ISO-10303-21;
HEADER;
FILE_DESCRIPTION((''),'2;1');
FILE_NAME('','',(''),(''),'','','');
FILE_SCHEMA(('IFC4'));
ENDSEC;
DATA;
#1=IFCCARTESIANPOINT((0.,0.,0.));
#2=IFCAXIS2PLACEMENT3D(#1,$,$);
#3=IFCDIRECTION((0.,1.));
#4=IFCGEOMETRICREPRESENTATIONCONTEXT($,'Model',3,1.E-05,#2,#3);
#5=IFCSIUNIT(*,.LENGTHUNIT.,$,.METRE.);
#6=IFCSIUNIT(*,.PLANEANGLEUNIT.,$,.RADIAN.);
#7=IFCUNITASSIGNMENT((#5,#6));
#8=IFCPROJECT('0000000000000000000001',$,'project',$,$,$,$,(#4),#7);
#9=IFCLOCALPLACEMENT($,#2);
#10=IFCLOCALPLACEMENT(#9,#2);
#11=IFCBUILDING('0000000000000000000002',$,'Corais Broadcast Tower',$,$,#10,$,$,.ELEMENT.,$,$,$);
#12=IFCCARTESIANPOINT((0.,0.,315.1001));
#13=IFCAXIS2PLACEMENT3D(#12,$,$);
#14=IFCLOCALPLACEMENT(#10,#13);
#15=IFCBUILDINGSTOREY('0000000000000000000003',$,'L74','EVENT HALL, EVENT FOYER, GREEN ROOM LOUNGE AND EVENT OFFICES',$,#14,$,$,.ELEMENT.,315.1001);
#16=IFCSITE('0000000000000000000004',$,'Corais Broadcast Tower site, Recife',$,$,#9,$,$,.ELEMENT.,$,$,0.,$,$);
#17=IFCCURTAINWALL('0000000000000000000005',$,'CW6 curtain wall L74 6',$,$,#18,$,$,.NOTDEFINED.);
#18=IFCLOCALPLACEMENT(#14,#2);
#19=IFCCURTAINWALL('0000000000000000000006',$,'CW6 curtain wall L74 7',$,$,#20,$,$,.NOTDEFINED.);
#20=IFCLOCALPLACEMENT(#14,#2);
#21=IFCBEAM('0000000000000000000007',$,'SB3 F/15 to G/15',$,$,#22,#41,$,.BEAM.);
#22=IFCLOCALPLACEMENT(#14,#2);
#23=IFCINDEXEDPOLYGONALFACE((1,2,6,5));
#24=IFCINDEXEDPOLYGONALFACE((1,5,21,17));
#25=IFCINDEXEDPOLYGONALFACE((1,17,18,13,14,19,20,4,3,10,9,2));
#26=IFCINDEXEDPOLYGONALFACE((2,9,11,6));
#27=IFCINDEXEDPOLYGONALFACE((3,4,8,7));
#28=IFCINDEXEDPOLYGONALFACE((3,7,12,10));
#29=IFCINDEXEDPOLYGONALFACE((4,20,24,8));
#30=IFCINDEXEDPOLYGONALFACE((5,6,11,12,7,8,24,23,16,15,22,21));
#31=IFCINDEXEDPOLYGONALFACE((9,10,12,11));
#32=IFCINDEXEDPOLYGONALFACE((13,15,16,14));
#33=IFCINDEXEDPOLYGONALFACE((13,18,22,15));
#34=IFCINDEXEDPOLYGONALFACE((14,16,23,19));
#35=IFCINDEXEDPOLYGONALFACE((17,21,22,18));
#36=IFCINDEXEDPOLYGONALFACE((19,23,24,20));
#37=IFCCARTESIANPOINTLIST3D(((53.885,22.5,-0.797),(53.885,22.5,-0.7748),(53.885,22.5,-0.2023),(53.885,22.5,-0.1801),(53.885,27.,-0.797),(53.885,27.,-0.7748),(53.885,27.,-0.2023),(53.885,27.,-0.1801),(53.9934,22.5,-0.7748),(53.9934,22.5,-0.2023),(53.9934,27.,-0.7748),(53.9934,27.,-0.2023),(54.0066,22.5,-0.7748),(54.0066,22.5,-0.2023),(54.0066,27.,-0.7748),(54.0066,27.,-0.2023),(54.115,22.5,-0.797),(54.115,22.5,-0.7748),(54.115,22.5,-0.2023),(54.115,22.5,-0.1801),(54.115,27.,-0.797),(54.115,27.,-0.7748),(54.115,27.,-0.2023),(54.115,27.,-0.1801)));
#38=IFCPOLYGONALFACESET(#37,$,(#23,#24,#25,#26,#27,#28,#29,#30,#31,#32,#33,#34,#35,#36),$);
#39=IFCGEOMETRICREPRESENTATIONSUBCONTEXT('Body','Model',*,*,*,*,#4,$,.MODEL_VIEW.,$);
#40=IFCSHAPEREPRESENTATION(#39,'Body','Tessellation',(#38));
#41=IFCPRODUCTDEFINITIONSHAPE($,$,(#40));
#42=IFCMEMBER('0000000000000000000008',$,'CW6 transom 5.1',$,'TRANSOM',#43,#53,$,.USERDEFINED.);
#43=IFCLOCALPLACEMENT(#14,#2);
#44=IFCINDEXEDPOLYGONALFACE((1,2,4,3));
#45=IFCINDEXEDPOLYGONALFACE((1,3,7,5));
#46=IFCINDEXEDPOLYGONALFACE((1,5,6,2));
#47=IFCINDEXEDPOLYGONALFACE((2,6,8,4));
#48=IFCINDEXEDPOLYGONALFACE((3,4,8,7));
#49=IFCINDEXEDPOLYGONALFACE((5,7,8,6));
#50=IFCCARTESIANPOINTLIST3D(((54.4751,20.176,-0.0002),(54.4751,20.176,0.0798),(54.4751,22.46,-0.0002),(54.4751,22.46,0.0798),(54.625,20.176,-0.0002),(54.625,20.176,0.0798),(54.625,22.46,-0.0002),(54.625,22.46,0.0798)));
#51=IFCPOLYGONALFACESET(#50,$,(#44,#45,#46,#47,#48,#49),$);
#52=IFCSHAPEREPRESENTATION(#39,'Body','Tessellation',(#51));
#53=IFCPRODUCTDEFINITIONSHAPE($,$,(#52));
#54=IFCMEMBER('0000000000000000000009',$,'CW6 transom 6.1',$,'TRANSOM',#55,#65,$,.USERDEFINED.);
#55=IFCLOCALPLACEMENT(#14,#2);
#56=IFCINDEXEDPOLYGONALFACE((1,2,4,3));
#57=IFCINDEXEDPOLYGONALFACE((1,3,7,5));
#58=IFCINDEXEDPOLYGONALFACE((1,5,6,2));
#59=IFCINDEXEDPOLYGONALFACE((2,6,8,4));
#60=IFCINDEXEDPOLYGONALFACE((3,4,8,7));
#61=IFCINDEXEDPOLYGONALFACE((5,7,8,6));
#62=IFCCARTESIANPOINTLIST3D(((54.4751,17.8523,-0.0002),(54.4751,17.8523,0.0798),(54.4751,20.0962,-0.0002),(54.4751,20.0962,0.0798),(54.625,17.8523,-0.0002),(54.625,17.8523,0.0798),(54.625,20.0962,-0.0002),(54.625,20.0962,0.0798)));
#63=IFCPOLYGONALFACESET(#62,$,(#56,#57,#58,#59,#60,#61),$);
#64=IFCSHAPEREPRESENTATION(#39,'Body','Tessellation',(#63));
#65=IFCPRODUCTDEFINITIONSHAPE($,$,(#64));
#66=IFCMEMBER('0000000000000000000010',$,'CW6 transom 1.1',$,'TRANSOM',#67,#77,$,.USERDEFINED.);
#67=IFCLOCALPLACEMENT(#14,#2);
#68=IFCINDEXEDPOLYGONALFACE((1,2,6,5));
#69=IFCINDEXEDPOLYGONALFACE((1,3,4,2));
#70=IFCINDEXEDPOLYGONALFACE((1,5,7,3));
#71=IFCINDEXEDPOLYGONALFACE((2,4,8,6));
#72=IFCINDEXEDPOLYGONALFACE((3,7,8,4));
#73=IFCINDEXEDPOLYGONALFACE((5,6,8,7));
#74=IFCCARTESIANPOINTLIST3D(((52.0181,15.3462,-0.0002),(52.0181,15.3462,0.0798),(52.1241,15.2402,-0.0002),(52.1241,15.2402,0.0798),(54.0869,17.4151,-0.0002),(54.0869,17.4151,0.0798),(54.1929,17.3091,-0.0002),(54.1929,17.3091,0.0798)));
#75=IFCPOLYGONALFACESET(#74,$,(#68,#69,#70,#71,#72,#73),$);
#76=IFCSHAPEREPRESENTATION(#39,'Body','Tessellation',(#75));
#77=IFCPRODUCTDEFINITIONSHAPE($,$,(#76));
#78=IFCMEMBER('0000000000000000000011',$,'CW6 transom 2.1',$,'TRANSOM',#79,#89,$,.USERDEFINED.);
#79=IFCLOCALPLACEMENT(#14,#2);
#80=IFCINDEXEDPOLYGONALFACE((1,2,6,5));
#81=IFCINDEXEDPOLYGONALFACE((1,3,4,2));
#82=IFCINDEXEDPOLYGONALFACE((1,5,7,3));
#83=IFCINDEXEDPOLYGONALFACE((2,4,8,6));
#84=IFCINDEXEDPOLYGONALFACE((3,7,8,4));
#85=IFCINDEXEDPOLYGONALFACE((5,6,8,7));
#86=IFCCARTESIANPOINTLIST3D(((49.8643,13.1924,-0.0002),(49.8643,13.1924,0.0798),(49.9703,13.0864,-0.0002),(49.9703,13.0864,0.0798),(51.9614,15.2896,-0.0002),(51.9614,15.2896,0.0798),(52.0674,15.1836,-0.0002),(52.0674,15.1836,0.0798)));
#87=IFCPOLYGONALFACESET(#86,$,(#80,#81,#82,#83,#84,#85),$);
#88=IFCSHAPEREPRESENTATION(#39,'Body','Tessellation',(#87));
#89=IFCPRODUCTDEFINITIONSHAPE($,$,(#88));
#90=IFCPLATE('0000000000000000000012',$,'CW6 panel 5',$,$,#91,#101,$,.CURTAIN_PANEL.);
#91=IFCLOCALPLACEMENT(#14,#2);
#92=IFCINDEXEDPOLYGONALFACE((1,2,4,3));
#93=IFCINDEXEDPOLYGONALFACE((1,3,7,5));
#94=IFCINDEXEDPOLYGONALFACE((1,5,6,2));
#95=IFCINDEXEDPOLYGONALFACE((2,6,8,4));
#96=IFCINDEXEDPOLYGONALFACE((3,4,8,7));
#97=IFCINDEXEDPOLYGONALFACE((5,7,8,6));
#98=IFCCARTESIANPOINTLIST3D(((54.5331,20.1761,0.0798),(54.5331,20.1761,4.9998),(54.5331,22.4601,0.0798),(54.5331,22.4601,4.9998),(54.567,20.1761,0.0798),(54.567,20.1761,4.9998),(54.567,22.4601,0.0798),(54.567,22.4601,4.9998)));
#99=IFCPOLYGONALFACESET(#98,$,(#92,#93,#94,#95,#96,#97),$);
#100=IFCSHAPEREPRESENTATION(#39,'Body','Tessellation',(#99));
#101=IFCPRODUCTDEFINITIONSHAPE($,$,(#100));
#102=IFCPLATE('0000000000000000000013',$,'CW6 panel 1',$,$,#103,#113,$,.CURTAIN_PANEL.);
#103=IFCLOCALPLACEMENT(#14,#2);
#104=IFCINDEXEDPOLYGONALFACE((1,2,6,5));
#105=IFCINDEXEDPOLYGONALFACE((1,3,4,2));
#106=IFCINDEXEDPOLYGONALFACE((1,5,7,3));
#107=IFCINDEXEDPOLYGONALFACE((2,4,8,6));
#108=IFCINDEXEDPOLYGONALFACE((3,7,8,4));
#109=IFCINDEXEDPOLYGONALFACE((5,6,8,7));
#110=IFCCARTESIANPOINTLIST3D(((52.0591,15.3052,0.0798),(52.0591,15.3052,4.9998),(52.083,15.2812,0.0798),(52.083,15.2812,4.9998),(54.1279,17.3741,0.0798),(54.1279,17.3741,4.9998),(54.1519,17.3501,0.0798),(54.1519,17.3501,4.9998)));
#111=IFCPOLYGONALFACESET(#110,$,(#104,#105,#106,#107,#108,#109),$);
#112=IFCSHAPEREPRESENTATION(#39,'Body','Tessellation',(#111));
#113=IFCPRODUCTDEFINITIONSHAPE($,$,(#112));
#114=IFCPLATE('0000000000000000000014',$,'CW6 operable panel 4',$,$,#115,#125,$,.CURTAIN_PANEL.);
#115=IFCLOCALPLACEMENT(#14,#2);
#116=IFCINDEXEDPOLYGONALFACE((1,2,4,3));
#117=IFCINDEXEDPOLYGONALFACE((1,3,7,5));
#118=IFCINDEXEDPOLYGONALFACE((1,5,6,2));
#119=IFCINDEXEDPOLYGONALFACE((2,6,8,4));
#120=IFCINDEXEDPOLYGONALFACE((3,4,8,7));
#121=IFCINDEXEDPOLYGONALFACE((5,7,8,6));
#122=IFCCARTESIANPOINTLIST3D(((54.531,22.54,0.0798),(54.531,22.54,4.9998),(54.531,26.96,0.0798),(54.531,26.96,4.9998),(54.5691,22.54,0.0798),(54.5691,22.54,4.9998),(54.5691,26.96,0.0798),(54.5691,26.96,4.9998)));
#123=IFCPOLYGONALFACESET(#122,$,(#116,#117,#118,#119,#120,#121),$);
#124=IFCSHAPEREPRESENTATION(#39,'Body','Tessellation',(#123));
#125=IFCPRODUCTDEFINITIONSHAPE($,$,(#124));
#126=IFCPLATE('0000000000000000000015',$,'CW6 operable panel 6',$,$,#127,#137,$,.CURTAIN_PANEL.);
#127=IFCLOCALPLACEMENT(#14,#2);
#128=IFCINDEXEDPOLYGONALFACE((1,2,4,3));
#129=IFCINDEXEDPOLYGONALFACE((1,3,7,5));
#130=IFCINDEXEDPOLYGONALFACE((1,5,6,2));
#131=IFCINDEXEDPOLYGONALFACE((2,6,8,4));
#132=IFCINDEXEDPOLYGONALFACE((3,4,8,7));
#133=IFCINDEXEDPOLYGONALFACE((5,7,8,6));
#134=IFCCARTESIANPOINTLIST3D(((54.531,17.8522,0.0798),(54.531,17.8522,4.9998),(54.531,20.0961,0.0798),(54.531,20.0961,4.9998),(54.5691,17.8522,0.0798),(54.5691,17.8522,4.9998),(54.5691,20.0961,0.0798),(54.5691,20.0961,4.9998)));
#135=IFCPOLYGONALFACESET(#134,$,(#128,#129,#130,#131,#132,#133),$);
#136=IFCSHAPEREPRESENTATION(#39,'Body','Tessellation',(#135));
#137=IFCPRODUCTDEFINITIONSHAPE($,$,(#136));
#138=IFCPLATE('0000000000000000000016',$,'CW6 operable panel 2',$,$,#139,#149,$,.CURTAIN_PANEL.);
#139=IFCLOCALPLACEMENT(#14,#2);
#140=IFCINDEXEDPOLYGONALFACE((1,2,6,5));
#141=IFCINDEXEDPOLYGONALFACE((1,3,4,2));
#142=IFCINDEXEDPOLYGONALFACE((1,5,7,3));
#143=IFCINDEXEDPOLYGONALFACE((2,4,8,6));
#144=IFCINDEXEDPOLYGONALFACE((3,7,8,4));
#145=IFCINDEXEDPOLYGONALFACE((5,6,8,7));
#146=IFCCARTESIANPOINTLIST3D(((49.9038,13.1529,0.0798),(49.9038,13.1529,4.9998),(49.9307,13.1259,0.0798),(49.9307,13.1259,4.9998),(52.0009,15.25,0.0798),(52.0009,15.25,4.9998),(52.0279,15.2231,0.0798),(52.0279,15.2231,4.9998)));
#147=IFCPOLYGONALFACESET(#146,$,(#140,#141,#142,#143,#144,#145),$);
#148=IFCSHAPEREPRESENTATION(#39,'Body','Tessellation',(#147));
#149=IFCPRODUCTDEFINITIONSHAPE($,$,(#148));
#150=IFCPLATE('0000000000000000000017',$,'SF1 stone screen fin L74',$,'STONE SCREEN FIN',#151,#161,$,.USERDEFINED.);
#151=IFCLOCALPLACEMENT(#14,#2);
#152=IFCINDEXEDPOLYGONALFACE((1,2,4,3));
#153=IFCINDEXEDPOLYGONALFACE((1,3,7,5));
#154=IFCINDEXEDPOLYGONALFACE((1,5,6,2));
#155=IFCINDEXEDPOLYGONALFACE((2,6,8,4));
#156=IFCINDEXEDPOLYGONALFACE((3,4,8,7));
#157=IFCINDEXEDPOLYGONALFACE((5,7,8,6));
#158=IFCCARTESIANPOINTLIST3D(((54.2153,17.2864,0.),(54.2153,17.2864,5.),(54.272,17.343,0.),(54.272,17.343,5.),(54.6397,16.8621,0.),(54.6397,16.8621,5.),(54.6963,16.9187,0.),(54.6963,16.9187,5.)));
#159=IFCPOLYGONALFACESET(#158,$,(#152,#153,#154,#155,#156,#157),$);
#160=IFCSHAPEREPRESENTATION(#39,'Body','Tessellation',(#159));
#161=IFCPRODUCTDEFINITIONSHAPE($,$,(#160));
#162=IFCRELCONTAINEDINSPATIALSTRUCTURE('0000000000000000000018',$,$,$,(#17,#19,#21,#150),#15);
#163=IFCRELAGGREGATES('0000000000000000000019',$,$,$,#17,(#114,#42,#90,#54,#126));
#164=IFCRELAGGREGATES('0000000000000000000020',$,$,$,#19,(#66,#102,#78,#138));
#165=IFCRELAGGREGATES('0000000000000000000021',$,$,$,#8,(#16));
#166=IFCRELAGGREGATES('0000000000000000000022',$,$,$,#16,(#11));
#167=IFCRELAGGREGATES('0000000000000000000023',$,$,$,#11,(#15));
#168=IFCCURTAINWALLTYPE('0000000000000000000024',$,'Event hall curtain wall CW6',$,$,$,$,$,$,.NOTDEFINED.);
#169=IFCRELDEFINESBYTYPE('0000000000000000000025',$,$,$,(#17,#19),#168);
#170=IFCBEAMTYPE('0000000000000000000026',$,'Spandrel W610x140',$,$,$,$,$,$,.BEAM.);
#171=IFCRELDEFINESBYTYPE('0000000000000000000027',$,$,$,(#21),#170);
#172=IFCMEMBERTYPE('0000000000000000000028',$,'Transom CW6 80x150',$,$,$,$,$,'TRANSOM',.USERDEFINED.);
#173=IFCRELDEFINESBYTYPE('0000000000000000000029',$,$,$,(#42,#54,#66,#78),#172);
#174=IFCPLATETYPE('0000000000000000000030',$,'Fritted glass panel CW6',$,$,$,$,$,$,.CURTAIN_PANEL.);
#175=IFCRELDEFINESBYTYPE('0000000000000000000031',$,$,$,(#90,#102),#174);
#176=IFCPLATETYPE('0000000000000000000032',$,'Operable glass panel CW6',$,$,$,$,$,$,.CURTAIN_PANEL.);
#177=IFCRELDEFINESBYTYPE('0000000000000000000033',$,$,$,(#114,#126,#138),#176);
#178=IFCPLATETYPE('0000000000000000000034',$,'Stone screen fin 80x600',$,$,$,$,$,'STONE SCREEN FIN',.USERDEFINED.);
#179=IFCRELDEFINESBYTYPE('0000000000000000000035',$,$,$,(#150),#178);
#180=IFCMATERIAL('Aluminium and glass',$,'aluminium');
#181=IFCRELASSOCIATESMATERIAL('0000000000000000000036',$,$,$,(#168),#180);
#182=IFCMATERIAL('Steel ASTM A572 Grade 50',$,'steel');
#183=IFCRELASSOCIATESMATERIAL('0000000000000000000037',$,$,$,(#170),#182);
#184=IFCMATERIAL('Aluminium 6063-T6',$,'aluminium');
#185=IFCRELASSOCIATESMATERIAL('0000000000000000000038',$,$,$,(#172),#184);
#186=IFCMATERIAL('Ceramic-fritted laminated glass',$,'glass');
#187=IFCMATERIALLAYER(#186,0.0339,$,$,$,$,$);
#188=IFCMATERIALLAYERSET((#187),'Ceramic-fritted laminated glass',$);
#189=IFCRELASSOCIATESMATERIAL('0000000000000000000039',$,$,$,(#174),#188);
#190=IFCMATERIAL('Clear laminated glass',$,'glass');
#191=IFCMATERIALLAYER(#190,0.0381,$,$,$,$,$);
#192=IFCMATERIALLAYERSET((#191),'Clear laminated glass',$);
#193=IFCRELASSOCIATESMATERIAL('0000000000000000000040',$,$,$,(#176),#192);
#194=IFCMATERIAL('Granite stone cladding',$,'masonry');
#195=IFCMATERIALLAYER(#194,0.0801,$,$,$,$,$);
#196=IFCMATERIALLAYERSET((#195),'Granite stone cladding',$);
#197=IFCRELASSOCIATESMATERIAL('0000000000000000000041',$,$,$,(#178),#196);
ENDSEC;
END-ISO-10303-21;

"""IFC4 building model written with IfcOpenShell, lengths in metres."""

from ifc_helpers import new_model, si_unit, direction, frame, origin, origin_2d, place, context, subcontext, project, spatial, rectangle, i_section, extrude, material, layer, layer_set, material_profile, profile_set, type_object, element, aggregate, save


model = new_model("IFC4")

# Units and contexts
model_context = context("Model", 3, precision=1e-05, world=origin(), true_north=direction((0.0, 1.0)))
body_context = subcontext(model_context, "Body", "Model", "MODEL_VIEW")
ifc_project = project(units=[si_unit("LENGTHUNIT", "METRE"), si_unit("PLANEANGLEUNIT", "RADIAN")], contexts=[model_context])

# Site, building, storey
site_placement = place(None, origin())
site = spatial("IfcSite", under=ifc_project, at=site_placement, Name="Corais Broadcast Tower site, Recife", CompositionType="ELEMENT", RefElevation=0.0)
building_placement = place(site_placement, origin())
building = spatial("IfcBuilding", under=site, at=building_placement, Name="Corais Broadcast Tower", CompositionType="ELEMENT")
storey_placement = place(building_placement, frame((0.0, 0.0, 315.1001)))
storey = spatial("IfcBuildingStorey", under=building, at=storey_placement, Name="L74", Description="EVENT HALL, EVENT FOYER, GREEN ROOM LOUNGE AND EVENT OFFICES", CompositionType="ELEMENT", Elevation=315.1001)

# Curtain walls
ifc_material_1 = material(Name="Aluminium and glass", Category="aluminium")
curtain_wall_type = type_object("IfcCurtainWallType", Name="Event hall curtain wall CW6", PredefinedType="NOTDEFINED", material=ifc_material_1)
curtain_wall_1_placement = place(storey_placement, origin())
curtain_wall_1 = element("IfcCurtainWall", 1, at=curtain_wall_1_placement, inside=storey, type_object=curtain_wall_type, Name="CW6 curtain wall L74 6", PredefinedType="NOTDEFINED")
curtain_wall_2_placement = place(storey_placement, origin())
curtain_wall_2 = element("IfcCurtainWall", 2, at=curtain_wall_2_placement, inside=storey, type_object=curtain_wall_type, Name="CW6 curtain wall L74 7", PredefinedType="NOTDEFINED")

# Beam
ifc_material_2 = material(Name="Steel ASTM A572 Grade 50", Category="steel")
ifc_material_profile_1 = material_profile(ifc_material_2, i_section(OverallWidth=0.23, OverallDepth=0.6169, WebThickness=0.0132, FlangeThickness=0.0222, at=origin_2d()), Name="W610x140")
ifc_profile_set_1 = profile_set([ifc_material_profile_1], Name="Steel ASTM A572 Grade 50")
beam_type_1 = type_object("IfcBeamType", Name="Spandrel W610x140", PredefinedType="BEAM", material=ifc_profile_set_1)
for number, where, z_axis, x_axis, name in (
    (3, (54.0, 22.5, -0.4885), (0.0, 1.0, 0.0), (-1.0, 0.0, 0.0), "SB3 F/15 to G/15"),
):
    element("IfcBeam", number, at=place(storey_placement, frame(where, z_axis=z_axis, x_axis=x_axis)), inside=storey, type_object=beam_type_1, Name=name, PredefinedType="BEAM", context=body_context, shape_type="SweptSolid", body=[
        extrude(i_section(OverallWidth=0.23, OverallDepth=0.6169, WebThickness=0.0132, FlangeThickness=0.0222, at=origin_2d()), origin(), (0.0, 0.0, 1.0), 4.5),
    ])

# Members
ifc_material_3 = material(Name="Aluminium 6063-T6", Category="aluminium")
ifc_material_profile_2 = material_profile(ifc_material_3, rectangle(XDim=0.1499, YDim=0.0801, at=origin_2d()), Name="Transom CW6 80x150")
ifc_profile_set_2 = profile_set([ifc_material_profile_2], Name="Aluminium 6063-T6")
member_type_1 = type_object("IfcMemberType", Name="Transom CW6 80x150", ElementType="TRANSOM", PredefinedType="USERDEFINED", material=ifc_profile_set_2)
member_1_placement = place(storey_placement, frame((54.55, 22.46, 0.0398), z_axis=(0.0, -1.0, 0.0), x_axis=(1.0, 0.0, 0.0)))
member_1 = element("IfcMember", 4, at=member_1_placement, type_object=member_type_1, Name="CW6 transom 5.1", ObjectType="TRANSOM", PredefinedType="USERDEFINED", context=body_context, shape_type="SweptSolid", body=[
    extrude(rectangle(XDim=0.1499, YDim=0.0801, at=origin_2d()), origin(), (0.0, 0.0, 1.0), 2.2839),
])
member_2_placement = place(storey_placement, frame((54.55, 20.0962, 0.0398), z_axis=(0.0, -1.0, 0.0), x_axis=(1.0, 0.0, 0.0)))
member_2 = element("IfcMember", 5, at=member_2_placement, type_object=member_type_1, Name="CW6 transom 6.1", ObjectType="TRANSOM", PredefinedType="USERDEFINED", context=body_context, shape_type="SweptSolid", body=[
    extrude(rectangle(XDim=0.1499, YDim=0.0801, at=origin_2d()), origin(), (0.0, 0.0, 1.0), 2.2439),
])
member_3_placement = place(storey_placement, frame((54.1399, 17.3621, 0.0398), z_axis=(-0.707107, -0.707107, 0.0), x_axis=(0.707107, -0.707107, 0.0)))
member_3 = element("IfcMember", 6, at=member_3_placement, type_object=member_type_1, Name="CW6 transom 1.1", ObjectType="TRANSOM", PredefinedType="USERDEFINED", context=body_context, shape_type="SweptSolid", body=[
    extrude(rectangle(XDim=0.1499, YDim=0.0801, at=origin_2d()), origin(), (0.0, 0.0, 1.0), 2.9258),
])
member_4_placement = place(storey_placement, frame((52.0144, 15.2366, 0.0398), z_axis=(-0.707107, -0.707107, 0.0), x_axis=(0.707107, -0.707107, 0.0)))
member_4 = element("IfcMember", 7, at=member_4_placement, type_object=member_type_1, Name="CW6 transom 2.1", ObjectType="TRANSOM", PredefinedType="USERDEFINED", context=body_context, shape_type="SweptSolid", body=[
    extrude(rectangle(XDim=0.1499, YDim=0.0801, at=origin_2d()), origin(), (0.0, 0.0, 1.0), 2.9658),
])

# Plates
ifc_material_4 = material(Name="Ceramic-fritted laminated glass", Category="glass")
ifc_layer_1 = layer(ifc_material_4, 0.0339)
ifc_layer_set_1 = layer_set([ifc_layer_1], Name="Ceramic-fritted laminated glass")
plate_type_1 = type_object("IfcPlateType", Name="Fritted glass panel CW6", PredefinedType="CURTAIN_PANEL", material=ifc_layer_set_1)
plate_1_placement = place(storey_placement, frame((54.55, 21.3181, 0.0798), z_axis=(0.0, 0.0, 1.0), x_axis=(0.0, -1.0, 0.0)))
plate_1 = element("IfcPlate", 8, at=plate_1_placement, type_object=plate_type_1, Name="CW6 panel 5", PredefinedType="CURTAIN_PANEL", context=body_context, shape_type="SweptSolid", body=[
    extrude(rectangle(XDim=2.2839, YDim=0.0339, at=origin_2d()), origin(), (0.0, 0.0, 1.0), 4.9199),
])
plate_2_placement = place(storey_placement, frame((53.1055, 16.3276, 0.0798), z_axis=(0.0, 0.0, 1.0), x_axis=(-0.707107, -0.707107, 0.0)))
plate_2 = element("IfcPlate", 9, at=plate_2_placement, type_object=plate_type_1, Name="CW6 panel 1", PredefinedType="CURTAIN_PANEL", context=body_context, shape_type="SweptSolid", body=[
    extrude(rectangle(XDim=2.9258, YDim=0.0339, at=origin_2d()), origin(), (0.0, 0.0, 1.0), 4.9199),
])
ifc_material_5 = material(Name="Clear laminated glass", Category="glass")
ifc_layer_2 = layer(ifc_material_5, 0.0381)
ifc_layer_set_2 = layer_set([ifc_layer_2], Name="Clear laminated glass")
plate_type_2 = type_object("IfcPlateType", Name="Operable glass panel CW6", PredefinedType="CURTAIN_PANEL", material=ifc_layer_set_2)
plate_3_placement = place(storey_placement, frame((54.55, 24.75, 0.0798), z_axis=(0.0, 0.0, 1.0), x_axis=(0.0, -1.0, 0.0)))
plate_3 = element("IfcPlate", 10, at=plate_3_placement, type_object=plate_type_2, Name="CW6 operable panel 4", PredefinedType="CURTAIN_PANEL", context=body_context, shape_type="SweptSolid", body=[
    extrude(rectangle(XDim=4.4199, YDim=0.0381, at=origin_2d()), origin(), (0.0, 0.0, 1.0), 4.9199),
])
plate_4_placement = place(storey_placement, frame((54.55, 18.9741, 0.0798), z_axis=(0.0, 0.0, 1.0), x_axis=(0.0, -1.0, 0.0)))
plate_4 = element("IfcPlate", 11, at=plate_4_placement, type_object=plate_type_2, Name="CW6 operable panel 6", PredefinedType="CURTAIN_PANEL", context=body_context, shape_type="SweptSolid", body=[
    extrude(rectangle(XDim=2.2439, YDim=0.0381, at=origin_2d()), origin(), (0.0, 0.0, 1.0), 4.9199),
])
aggregate(curtain_wall_1, [plate_3, member_1, plate_1, member_2, plate_4])
plate_5_placement = place(storey_placement, frame((50.9658, 14.188, 0.0798), z_axis=(0.0, 0.0, 1.0), x_axis=(-0.707107, -0.707107, 0.0)))
plate_5 = element("IfcPlate", 12, at=plate_5_placement, type_object=plate_type_2, Name="CW6 operable panel 2", PredefinedType="CURTAIN_PANEL", context=body_context, shape_type="SweptSolid", body=[
    extrude(rectangle(XDim=2.9658, YDim=0.0381, at=origin_2d()), origin(), (0.0, 0.0, 1.0), 4.9199),
])
aggregate(curtain_wall_2, [member_3, plate_2, member_4, plate_5])
ifc_material_6 = material(Name="Granite stone cladding", Category="masonry")
ifc_layer_3 = layer(ifc_material_6, 0.0801)
ifc_layer_set_3 = layer_set([ifc_layer_3], Name="Granite stone cladding")
plate_type_3 = type_object("IfcPlateType", Name="Stone screen fin 80x600", ElementType="STONE SCREEN FIN", PredefinedType="USERDEFINED", material=ifc_layer_set_3)
plate_6_placement = place(storey_placement, frame((54.4558, 17.1025, 0.0), z_axis=(0.0, 0.0, 1.0), x_axis=(-0.707107, -0.707107, 0.0)))
element("IfcPlate", 13, at=plate_6_placement, inside=storey, type_object=plate_type_3, Name="SF1 stone screen fin L74", ObjectType="STONE SCREEN FIN", PredefinedType="USERDEFINED", context=body_context, shape_type="SweptSolid", body=[
    extrude(rectangle(XDim=0.0801, YDim=0.6001, at=origin_2d()), origin(), (0.0, 0.0, 1.0), 5.0),
])

save(model, "model.ifc")
